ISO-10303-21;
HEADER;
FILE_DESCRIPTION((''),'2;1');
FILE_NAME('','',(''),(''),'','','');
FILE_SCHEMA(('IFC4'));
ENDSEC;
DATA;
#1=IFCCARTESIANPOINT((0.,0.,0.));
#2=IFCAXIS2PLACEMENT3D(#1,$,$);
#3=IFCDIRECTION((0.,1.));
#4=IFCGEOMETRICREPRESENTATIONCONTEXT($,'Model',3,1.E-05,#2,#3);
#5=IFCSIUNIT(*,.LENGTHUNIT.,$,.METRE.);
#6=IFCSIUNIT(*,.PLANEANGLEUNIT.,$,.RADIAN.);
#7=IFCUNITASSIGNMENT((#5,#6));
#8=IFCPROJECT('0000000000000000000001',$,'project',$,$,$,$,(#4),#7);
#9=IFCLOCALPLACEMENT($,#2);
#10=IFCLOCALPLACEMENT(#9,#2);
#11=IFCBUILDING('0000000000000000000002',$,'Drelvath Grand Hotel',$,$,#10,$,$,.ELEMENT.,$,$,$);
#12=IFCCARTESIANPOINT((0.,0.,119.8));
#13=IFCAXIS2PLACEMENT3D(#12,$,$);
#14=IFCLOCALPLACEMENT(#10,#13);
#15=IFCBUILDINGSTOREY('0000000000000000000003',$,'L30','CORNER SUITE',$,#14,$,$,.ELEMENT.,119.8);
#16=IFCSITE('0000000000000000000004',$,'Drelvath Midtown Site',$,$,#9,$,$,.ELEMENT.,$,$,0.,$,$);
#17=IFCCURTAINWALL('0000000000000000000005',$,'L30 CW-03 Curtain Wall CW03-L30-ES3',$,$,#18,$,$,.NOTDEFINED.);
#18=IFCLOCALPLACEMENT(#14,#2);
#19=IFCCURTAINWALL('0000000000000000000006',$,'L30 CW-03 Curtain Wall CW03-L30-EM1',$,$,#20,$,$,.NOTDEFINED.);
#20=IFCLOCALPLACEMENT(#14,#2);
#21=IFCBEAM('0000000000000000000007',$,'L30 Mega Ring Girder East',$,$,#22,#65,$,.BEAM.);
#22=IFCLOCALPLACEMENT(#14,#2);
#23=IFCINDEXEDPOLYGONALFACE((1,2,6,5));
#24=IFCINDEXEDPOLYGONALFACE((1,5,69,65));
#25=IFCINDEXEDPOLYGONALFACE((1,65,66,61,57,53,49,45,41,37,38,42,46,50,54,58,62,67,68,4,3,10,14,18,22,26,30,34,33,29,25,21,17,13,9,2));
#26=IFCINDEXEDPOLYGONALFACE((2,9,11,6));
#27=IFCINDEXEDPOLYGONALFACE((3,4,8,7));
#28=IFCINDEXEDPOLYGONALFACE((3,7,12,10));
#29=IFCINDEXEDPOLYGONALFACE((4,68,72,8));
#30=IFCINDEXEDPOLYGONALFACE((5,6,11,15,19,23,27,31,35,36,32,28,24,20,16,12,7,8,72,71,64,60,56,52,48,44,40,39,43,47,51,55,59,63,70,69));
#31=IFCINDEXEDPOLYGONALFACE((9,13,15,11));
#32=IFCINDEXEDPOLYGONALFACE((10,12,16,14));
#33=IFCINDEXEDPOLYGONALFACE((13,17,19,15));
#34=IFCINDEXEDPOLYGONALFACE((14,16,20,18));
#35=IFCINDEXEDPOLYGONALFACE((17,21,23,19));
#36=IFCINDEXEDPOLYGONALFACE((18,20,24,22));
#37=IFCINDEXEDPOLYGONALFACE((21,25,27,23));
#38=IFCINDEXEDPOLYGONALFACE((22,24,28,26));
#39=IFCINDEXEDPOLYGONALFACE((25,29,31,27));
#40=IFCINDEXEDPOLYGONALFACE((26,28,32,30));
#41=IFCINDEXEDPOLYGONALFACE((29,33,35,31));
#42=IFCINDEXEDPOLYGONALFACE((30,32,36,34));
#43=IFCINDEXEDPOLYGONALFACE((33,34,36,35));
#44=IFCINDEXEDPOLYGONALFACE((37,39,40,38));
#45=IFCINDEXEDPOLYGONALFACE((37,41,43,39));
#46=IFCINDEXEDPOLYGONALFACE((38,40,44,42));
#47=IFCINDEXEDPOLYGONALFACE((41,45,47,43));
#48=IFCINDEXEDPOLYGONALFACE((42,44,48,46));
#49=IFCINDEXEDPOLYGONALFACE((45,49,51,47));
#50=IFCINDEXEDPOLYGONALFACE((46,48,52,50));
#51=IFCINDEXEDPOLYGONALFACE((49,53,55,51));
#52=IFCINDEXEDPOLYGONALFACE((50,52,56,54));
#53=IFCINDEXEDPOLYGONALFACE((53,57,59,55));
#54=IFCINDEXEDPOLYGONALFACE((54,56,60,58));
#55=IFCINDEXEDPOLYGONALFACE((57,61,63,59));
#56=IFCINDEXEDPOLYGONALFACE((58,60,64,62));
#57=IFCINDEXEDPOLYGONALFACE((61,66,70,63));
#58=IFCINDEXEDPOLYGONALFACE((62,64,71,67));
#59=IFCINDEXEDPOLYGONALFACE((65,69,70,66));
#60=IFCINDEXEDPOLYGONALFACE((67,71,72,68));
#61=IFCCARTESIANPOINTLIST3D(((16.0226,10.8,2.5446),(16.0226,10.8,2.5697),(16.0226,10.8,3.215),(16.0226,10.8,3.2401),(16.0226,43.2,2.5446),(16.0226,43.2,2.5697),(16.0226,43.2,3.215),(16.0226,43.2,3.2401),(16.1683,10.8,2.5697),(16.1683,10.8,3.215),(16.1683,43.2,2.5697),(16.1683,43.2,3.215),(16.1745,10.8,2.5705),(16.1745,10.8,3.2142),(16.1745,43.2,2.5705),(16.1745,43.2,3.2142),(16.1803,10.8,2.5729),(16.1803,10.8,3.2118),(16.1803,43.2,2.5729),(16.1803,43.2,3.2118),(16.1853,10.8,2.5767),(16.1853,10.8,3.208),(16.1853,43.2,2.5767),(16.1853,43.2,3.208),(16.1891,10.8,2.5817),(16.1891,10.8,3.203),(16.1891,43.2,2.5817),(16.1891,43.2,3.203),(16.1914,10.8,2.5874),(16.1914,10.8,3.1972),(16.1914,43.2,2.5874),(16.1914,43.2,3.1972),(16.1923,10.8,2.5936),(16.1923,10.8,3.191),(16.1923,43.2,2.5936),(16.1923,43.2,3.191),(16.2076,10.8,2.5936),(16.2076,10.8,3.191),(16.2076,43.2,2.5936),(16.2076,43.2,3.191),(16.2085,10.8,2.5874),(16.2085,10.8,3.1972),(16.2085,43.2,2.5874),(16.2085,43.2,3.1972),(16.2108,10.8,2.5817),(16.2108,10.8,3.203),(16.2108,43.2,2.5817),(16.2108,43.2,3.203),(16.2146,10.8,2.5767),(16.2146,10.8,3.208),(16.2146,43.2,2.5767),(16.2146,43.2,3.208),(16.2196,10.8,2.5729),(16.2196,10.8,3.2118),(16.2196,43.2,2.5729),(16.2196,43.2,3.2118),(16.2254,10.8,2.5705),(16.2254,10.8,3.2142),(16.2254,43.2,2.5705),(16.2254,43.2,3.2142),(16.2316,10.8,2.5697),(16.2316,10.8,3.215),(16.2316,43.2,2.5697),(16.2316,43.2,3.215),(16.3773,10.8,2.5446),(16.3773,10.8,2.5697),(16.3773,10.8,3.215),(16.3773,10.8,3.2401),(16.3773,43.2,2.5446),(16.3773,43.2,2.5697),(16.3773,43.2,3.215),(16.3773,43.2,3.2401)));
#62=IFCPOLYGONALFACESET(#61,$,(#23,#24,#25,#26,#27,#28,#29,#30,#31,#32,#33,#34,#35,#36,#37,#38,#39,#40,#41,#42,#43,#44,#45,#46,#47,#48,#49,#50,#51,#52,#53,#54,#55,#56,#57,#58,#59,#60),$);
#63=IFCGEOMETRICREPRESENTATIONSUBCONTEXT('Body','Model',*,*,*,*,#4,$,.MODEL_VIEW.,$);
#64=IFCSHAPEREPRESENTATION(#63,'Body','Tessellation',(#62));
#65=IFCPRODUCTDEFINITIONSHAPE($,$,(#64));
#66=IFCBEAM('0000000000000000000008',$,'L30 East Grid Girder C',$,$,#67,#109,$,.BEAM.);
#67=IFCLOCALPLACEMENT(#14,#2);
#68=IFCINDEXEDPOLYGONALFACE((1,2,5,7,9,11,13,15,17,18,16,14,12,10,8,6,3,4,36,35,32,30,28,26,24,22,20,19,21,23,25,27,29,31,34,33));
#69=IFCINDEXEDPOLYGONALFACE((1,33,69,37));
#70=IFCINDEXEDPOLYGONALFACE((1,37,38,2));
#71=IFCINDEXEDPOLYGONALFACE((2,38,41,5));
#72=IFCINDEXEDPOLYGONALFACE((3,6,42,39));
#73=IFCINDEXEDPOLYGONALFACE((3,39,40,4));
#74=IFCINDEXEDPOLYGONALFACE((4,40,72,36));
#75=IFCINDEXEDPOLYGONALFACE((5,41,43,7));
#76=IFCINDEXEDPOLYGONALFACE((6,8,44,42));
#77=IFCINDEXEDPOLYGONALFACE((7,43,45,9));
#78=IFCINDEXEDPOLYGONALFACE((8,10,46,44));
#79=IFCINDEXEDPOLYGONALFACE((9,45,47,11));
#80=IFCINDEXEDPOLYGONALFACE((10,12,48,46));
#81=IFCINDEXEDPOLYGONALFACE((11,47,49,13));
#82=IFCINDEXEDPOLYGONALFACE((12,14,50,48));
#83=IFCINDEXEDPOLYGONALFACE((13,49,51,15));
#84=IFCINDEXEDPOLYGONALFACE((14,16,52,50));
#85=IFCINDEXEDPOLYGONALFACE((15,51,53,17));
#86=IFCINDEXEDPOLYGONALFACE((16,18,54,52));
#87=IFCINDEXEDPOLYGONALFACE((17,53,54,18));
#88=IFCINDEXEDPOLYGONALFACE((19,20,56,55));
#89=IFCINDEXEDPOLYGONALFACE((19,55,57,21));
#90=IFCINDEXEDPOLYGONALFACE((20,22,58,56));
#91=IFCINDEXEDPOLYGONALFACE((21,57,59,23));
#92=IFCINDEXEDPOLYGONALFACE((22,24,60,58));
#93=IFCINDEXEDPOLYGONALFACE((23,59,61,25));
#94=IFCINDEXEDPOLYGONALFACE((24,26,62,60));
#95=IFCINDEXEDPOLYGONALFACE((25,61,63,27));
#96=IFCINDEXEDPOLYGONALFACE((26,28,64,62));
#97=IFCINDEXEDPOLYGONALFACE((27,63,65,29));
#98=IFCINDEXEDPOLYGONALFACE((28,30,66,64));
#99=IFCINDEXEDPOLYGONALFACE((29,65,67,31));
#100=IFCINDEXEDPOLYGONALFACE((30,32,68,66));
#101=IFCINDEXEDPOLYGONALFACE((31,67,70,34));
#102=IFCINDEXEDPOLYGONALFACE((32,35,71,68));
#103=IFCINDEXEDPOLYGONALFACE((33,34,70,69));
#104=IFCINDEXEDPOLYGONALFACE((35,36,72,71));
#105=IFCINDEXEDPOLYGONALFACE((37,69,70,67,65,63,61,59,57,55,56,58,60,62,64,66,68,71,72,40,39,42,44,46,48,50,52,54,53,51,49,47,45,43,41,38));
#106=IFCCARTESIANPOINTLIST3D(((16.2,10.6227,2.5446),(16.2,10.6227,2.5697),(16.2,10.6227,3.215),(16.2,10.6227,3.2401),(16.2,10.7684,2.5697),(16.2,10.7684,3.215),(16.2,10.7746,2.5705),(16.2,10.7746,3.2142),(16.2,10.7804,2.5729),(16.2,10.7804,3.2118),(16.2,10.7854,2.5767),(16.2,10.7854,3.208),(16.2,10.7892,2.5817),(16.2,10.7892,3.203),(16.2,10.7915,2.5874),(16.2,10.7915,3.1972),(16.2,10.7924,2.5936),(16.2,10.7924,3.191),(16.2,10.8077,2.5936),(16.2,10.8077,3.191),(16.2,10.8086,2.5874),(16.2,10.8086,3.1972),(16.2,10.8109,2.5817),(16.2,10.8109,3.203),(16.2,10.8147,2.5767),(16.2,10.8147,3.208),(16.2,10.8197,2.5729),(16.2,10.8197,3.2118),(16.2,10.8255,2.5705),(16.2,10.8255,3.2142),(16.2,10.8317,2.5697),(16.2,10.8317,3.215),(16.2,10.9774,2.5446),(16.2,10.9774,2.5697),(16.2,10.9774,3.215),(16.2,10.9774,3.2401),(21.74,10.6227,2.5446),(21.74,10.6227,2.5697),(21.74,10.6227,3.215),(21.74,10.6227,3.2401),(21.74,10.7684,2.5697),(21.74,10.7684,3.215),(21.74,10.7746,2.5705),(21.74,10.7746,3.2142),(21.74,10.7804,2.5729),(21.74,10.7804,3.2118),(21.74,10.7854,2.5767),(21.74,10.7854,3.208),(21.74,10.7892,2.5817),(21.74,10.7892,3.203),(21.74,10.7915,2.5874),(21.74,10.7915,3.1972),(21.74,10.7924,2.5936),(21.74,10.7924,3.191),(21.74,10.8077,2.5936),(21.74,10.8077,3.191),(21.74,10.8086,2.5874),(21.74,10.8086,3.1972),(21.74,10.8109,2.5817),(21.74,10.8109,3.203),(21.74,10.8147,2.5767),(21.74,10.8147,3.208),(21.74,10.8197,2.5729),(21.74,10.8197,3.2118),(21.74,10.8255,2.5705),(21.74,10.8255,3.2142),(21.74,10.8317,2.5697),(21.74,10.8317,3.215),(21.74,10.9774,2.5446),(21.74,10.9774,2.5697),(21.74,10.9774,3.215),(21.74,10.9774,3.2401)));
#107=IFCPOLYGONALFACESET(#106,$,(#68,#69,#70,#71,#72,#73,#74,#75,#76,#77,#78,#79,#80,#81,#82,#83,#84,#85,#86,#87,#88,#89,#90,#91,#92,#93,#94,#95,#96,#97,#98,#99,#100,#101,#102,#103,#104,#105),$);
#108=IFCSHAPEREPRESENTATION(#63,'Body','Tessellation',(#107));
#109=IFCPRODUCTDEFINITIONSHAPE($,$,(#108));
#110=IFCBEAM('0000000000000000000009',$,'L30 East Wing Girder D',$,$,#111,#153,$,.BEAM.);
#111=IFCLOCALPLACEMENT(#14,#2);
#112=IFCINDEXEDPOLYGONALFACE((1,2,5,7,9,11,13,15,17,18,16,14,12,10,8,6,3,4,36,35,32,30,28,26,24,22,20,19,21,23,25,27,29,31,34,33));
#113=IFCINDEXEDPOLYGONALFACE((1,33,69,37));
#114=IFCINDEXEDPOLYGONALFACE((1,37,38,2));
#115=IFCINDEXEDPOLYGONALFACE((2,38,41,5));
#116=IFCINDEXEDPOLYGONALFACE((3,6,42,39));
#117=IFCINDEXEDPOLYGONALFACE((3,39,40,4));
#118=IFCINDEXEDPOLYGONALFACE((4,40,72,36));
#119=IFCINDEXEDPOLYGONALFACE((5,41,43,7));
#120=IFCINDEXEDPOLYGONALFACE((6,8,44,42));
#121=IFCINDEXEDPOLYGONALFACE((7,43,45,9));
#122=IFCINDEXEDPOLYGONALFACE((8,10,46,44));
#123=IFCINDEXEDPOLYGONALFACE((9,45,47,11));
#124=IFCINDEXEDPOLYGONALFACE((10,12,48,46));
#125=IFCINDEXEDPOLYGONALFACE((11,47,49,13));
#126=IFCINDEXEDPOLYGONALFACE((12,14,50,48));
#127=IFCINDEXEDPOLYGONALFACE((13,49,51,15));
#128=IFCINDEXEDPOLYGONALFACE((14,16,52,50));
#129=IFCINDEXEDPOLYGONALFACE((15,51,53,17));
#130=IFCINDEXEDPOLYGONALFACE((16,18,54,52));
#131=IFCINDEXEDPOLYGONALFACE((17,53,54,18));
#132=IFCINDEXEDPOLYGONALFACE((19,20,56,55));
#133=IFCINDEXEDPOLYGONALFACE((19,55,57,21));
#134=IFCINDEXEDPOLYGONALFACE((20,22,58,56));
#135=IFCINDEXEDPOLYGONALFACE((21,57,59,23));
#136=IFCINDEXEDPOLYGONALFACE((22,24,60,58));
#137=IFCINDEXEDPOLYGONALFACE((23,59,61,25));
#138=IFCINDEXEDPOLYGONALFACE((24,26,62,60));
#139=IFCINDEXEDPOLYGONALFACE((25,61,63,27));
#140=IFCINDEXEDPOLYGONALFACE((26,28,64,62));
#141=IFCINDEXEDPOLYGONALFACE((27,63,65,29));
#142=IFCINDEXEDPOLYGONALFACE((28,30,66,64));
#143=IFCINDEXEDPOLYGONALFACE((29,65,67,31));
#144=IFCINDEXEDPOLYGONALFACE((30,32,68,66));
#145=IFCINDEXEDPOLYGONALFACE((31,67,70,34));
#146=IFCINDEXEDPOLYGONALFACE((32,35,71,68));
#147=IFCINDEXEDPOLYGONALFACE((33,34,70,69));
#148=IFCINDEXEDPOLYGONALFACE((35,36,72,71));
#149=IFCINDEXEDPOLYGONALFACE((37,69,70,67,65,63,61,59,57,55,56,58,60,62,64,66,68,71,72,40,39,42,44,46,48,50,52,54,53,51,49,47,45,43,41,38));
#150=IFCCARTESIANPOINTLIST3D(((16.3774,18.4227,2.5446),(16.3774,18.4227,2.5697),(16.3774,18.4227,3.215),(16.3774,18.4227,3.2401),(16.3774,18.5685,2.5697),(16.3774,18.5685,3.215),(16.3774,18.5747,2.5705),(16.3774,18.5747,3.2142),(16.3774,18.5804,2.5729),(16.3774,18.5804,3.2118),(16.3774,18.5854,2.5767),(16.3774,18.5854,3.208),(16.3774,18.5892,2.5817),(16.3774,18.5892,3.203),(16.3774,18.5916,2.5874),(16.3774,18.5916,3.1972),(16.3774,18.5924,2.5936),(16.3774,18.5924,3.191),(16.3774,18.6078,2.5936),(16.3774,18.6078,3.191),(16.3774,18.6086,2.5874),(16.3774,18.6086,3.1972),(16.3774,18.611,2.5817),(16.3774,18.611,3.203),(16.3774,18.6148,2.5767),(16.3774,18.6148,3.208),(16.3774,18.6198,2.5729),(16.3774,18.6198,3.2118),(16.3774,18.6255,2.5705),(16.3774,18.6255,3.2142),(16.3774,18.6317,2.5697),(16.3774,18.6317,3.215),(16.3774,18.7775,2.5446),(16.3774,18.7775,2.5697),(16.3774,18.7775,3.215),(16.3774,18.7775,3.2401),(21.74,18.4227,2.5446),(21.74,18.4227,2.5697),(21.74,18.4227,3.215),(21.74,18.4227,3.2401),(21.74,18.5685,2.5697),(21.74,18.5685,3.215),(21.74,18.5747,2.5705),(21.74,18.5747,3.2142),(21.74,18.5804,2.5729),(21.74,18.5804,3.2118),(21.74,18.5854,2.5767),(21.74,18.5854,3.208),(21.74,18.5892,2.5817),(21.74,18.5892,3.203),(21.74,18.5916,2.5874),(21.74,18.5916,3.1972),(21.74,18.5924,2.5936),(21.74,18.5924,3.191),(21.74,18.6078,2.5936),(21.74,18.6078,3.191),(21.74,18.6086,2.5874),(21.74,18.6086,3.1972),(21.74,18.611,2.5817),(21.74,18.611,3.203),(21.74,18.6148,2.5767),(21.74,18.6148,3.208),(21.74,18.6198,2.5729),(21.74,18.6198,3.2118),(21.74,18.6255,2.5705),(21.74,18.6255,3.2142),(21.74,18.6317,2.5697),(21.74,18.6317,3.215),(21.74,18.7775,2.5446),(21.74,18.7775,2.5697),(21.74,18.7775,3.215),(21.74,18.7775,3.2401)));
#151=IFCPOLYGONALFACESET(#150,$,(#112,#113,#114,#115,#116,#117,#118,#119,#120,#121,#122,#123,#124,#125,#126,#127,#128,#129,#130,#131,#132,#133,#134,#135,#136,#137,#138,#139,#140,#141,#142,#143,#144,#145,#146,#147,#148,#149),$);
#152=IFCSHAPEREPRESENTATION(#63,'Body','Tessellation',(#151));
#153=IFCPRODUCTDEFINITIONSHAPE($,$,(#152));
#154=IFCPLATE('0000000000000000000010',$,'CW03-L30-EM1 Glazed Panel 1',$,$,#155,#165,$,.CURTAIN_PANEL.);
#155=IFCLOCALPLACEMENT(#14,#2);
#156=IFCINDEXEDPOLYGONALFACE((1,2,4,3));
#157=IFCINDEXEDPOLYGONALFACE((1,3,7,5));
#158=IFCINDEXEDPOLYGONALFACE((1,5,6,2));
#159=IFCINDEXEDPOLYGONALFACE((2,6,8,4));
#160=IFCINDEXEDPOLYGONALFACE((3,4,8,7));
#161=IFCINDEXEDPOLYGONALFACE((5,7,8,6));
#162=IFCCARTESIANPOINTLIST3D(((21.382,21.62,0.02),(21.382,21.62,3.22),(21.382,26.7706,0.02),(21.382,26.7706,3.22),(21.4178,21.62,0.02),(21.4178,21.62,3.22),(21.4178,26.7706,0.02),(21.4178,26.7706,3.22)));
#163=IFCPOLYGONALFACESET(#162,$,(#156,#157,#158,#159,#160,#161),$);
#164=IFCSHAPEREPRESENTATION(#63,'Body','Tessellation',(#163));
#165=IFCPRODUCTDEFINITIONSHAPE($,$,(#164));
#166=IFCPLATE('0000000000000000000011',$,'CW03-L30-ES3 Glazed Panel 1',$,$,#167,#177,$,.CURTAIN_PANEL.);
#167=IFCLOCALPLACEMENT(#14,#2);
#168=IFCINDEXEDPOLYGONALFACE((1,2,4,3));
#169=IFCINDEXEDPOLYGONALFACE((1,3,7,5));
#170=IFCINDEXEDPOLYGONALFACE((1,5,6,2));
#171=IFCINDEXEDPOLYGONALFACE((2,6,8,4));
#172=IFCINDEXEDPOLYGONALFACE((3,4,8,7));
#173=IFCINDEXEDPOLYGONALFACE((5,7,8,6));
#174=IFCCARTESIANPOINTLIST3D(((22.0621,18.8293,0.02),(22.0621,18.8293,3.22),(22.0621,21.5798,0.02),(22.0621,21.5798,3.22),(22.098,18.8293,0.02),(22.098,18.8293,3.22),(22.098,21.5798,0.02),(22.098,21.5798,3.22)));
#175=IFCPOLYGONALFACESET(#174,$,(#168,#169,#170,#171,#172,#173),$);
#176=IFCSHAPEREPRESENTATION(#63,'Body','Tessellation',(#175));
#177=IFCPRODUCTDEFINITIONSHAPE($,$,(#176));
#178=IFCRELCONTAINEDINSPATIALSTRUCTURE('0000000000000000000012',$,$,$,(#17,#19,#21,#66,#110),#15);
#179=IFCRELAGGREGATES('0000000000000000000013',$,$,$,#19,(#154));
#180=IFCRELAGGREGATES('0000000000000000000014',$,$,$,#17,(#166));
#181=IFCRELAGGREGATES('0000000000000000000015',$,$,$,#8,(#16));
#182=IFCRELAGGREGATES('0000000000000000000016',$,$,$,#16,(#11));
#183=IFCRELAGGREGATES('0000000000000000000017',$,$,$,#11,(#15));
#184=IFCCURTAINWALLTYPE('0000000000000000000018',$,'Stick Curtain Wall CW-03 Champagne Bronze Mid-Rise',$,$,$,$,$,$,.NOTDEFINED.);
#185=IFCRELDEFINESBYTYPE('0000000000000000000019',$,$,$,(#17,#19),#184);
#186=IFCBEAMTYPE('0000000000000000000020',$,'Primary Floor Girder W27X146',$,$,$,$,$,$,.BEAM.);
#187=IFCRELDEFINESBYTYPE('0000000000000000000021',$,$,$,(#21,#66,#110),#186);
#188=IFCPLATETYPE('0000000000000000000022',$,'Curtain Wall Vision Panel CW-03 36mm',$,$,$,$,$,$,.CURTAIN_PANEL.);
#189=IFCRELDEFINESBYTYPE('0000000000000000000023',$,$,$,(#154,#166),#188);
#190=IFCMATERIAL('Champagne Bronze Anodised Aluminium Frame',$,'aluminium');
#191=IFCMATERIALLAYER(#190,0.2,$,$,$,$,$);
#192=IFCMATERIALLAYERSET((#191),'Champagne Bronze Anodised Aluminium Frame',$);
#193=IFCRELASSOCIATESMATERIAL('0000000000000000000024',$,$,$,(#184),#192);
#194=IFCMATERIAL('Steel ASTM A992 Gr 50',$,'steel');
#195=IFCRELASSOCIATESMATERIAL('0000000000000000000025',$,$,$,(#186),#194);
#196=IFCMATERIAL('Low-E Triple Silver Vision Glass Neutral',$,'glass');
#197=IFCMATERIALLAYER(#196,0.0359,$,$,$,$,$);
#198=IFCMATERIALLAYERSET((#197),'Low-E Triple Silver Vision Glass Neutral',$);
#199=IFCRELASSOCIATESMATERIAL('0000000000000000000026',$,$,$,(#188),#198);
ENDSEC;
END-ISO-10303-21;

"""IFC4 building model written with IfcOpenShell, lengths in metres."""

from ifc_helpers import new_model, si_unit, direction, frame, origin, origin_2d, place, context, subcontext, project, spatial, rectangle, i_section, extrude, material, layer, layer_set, material_profile, profile_set, type_object, element, aggregate, save


model = new_model("IFC4")

# Units and contexts
model_context = context("Model", 3, precision=1e-05, world=origin(), true_north=direction((0.0, 1.0)))
body_context = subcontext(model_context, "Body", "Model", "MODEL_VIEW")
ifc_project = project(units=[si_unit("LENGTHUNIT", "METRE"), si_unit("PLANEANGLEUNIT", "RADIAN")], contexts=[model_context])

# Site, building, storey
site_placement = place(None, origin())
site = spatial("IfcSite", under=ifc_project, at=site_placement, Name="Drelvath Midtown Site", CompositionType="ELEMENT", RefElevation=0.0)
building_placement = place(site_placement, origin())
building = spatial("IfcBuilding", under=site, at=building_placement, Name="Drelvath Grand Hotel", CompositionType="ELEMENT")
storey_placement = place(building_placement, frame((0.0, 0.0, 119.8)))
storey = spatial("IfcBuildingStorey", under=building, at=storey_placement, Name="L30", Description="CORNER SUITE", CompositionType="ELEMENT", Elevation=119.8)

# Shared definitions
ifc_material_1 = material(Name="Steel ASTM A992 Gr 50", Category="steel")

# Curtain walls
ifc_material_2 = material(Name="Champagne Bronze Anodised Aluminium Frame", Category="aluminium")
ifc_layer_1 = layer(ifc_material_2, 0.2)
ifc_layer_set_1 = layer_set([ifc_layer_1], Name="Champagne Bronze Anodised Aluminium Frame")
curtain_wall_type = type_object("IfcCurtainWallType", Name="Stick Curtain Wall CW-03 Champagne Bronze Mid-Rise", PredefinedType="NOTDEFINED", material=ifc_layer_set_1)
curtain_wall_1_placement = place(storey_placement, origin())
curtain_wall_1 = element("IfcCurtainWall", 1, at=curtain_wall_1_placement, inside=storey, type_object=curtain_wall_type, Name="L30 CW-03 Curtain Wall CW03-L30-ES3", PredefinedType="NOTDEFINED")
curtain_wall_2_placement = place(storey_placement, origin())
curtain_wall_2 = element("IfcCurtainWall", 2, at=curtain_wall_2_placement, inside=storey, type_object=curtain_wall_type, Name="L30 CW-03 Curtain Wall CW03-L30-EM1", PredefinedType="NOTDEFINED")

# Beams
ifc_material_profile_1 = material_profile(ifc_material_1, i_section(OverallWidth=0.3547, OverallDepth=0.6956, WebThickness=0.0154, FlangeThickness=0.0251, FilletRadius=0.0239, at=origin_2d()), Name="W27X146")
ifc_profile_set_1 = profile_set([ifc_material_profile_1], Name="Steel ASTM A992 Gr 50")
beam_type_1 = type_object("IfcBeamType", Name="Primary Floor Girder W27X146", PredefinedType="BEAM", material=ifc_profile_set_1)
beam_1_placement = place(storey_placement, frame((16.2, 10.8, 2.8923), z_axis=(0.0, 1.0, 0.0), x_axis=(-1.0, 0.0, 0.0)))
element("IfcBeam", 3, at=beam_1_placement, inside=storey, type_object=beam_type_1, Name="L30 Mega Ring Girder East", PredefinedType="BEAM", context=body_context, shape_type="SweptSolid", body=[
    extrude(i_section(OverallWidth=0.3547, OverallDepth=0.6956, WebThickness=0.0154, FlangeThickness=0.0251, FilletRadius=0.0239, at=origin_2d()), origin(), (0.0, 0.0, 1.0), 32.3999),
])
beam_2_placement = place(storey_placement, frame((16.2, 10.8, 2.8923), z_axis=(1.0, 0.0, 0.0), x_axis=(0.0, 1.0, 0.0)))
element("IfcBeam", 4, at=beam_2_placement, inside=storey, type_object=beam_type_1, Name="L30 East Grid Girder C", PredefinedType="BEAM", context=body_context, shape_type="SweptSolid", body=[
    extrude(i_section(OverallWidth=0.3547, OverallDepth=0.6956, WebThickness=0.0154, FlangeThickness=0.0251, FilletRadius=0.0239, at=origin_2d()), origin(), (0.0, 0.0, 1.0), 5.54),
])
beam_3_placement = place(storey_placement, frame((16.3774, 18.6001, 2.8923), z_axis=(1.0, 0.0, 0.0), x_axis=(0.0, 1.0, 0.0)))
element("IfcBeam", 5, at=beam_3_placement, inside=storey, type_object=beam_type_1, Name="L30 East Wing Girder D", PredefinedType="BEAM", context=body_context, shape_type="SweptSolid", body=[
    extrude(i_section(OverallWidth=0.3547, OverallDepth=0.6956, WebThickness=0.0154, FlangeThickness=0.0251, FilletRadius=0.0239, at=origin_2d()), origin(), (0.0, 0.0, 1.0), 5.3625),
])

# Plates
ifc_material_3 = material(Name="Low-E Triple Silver Vision Glass Neutral", Category="glass")
ifc_layer_2 = layer(ifc_material_3, 0.0359)
ifc_layer_set_2 = layer_set([ifc_layer_2], Name="Low-E Triple Silver Vision Glass Neutral")
plate_type = type_object("IfcPlateType", Name="Curtain Wall Vision Panel CW-03 36mm", PredefinedType="CURTAIN_PANEL", material=ifc_layer_set_2)
plate_1_placement = place(storey_placement, frame((21.3999, 24.1953, 0.02), z_axis=(0.0, 0.0, 1.0), x_axis=(0.0, -1.0, 0.0)))
plate_1 = element("IfcPlate", 6, at=plate_1_placement, type_object=plate_type, Name="CW03-L30-EM1 Glazed Panel 1", PredefinedType="CURTAIN_PANEL", context=body_context, shape_type="SweptSolid", body=[
    extrude(rectangle(XDim=5.1506, YDim=0.0359, at=origin_2d()), origin(), (0.0, 0.0, 1.0), 3.2),
])
aggregate(curtain_wall_2, [plate_1])
plate_2_placement = place(storey_placement, frame((22.0801, 20.2046, 0.02), z_axis=(0.0, 0.0, 1.0), x_axis=(0.0, -1.0, 0.0)))
plate_2 = element("IfcPlate", 7, at=plate_2_placement, type_object=plate_type, Name="CW03-L30-ES3 Glazed Panel 1", PredefinedType="CURTAIN_PANEL", context=body_context, shape_type="SweptSolid", body=[
    extrude(rectangle(XDim=2.7505, YDim=0.0359, at=origin_2d()), origin(), (0.0, 0.0, 1.0), 3.2),
])
aggregate(curtain_wall_1, [plate_2])

save(model, "model.ifc")
